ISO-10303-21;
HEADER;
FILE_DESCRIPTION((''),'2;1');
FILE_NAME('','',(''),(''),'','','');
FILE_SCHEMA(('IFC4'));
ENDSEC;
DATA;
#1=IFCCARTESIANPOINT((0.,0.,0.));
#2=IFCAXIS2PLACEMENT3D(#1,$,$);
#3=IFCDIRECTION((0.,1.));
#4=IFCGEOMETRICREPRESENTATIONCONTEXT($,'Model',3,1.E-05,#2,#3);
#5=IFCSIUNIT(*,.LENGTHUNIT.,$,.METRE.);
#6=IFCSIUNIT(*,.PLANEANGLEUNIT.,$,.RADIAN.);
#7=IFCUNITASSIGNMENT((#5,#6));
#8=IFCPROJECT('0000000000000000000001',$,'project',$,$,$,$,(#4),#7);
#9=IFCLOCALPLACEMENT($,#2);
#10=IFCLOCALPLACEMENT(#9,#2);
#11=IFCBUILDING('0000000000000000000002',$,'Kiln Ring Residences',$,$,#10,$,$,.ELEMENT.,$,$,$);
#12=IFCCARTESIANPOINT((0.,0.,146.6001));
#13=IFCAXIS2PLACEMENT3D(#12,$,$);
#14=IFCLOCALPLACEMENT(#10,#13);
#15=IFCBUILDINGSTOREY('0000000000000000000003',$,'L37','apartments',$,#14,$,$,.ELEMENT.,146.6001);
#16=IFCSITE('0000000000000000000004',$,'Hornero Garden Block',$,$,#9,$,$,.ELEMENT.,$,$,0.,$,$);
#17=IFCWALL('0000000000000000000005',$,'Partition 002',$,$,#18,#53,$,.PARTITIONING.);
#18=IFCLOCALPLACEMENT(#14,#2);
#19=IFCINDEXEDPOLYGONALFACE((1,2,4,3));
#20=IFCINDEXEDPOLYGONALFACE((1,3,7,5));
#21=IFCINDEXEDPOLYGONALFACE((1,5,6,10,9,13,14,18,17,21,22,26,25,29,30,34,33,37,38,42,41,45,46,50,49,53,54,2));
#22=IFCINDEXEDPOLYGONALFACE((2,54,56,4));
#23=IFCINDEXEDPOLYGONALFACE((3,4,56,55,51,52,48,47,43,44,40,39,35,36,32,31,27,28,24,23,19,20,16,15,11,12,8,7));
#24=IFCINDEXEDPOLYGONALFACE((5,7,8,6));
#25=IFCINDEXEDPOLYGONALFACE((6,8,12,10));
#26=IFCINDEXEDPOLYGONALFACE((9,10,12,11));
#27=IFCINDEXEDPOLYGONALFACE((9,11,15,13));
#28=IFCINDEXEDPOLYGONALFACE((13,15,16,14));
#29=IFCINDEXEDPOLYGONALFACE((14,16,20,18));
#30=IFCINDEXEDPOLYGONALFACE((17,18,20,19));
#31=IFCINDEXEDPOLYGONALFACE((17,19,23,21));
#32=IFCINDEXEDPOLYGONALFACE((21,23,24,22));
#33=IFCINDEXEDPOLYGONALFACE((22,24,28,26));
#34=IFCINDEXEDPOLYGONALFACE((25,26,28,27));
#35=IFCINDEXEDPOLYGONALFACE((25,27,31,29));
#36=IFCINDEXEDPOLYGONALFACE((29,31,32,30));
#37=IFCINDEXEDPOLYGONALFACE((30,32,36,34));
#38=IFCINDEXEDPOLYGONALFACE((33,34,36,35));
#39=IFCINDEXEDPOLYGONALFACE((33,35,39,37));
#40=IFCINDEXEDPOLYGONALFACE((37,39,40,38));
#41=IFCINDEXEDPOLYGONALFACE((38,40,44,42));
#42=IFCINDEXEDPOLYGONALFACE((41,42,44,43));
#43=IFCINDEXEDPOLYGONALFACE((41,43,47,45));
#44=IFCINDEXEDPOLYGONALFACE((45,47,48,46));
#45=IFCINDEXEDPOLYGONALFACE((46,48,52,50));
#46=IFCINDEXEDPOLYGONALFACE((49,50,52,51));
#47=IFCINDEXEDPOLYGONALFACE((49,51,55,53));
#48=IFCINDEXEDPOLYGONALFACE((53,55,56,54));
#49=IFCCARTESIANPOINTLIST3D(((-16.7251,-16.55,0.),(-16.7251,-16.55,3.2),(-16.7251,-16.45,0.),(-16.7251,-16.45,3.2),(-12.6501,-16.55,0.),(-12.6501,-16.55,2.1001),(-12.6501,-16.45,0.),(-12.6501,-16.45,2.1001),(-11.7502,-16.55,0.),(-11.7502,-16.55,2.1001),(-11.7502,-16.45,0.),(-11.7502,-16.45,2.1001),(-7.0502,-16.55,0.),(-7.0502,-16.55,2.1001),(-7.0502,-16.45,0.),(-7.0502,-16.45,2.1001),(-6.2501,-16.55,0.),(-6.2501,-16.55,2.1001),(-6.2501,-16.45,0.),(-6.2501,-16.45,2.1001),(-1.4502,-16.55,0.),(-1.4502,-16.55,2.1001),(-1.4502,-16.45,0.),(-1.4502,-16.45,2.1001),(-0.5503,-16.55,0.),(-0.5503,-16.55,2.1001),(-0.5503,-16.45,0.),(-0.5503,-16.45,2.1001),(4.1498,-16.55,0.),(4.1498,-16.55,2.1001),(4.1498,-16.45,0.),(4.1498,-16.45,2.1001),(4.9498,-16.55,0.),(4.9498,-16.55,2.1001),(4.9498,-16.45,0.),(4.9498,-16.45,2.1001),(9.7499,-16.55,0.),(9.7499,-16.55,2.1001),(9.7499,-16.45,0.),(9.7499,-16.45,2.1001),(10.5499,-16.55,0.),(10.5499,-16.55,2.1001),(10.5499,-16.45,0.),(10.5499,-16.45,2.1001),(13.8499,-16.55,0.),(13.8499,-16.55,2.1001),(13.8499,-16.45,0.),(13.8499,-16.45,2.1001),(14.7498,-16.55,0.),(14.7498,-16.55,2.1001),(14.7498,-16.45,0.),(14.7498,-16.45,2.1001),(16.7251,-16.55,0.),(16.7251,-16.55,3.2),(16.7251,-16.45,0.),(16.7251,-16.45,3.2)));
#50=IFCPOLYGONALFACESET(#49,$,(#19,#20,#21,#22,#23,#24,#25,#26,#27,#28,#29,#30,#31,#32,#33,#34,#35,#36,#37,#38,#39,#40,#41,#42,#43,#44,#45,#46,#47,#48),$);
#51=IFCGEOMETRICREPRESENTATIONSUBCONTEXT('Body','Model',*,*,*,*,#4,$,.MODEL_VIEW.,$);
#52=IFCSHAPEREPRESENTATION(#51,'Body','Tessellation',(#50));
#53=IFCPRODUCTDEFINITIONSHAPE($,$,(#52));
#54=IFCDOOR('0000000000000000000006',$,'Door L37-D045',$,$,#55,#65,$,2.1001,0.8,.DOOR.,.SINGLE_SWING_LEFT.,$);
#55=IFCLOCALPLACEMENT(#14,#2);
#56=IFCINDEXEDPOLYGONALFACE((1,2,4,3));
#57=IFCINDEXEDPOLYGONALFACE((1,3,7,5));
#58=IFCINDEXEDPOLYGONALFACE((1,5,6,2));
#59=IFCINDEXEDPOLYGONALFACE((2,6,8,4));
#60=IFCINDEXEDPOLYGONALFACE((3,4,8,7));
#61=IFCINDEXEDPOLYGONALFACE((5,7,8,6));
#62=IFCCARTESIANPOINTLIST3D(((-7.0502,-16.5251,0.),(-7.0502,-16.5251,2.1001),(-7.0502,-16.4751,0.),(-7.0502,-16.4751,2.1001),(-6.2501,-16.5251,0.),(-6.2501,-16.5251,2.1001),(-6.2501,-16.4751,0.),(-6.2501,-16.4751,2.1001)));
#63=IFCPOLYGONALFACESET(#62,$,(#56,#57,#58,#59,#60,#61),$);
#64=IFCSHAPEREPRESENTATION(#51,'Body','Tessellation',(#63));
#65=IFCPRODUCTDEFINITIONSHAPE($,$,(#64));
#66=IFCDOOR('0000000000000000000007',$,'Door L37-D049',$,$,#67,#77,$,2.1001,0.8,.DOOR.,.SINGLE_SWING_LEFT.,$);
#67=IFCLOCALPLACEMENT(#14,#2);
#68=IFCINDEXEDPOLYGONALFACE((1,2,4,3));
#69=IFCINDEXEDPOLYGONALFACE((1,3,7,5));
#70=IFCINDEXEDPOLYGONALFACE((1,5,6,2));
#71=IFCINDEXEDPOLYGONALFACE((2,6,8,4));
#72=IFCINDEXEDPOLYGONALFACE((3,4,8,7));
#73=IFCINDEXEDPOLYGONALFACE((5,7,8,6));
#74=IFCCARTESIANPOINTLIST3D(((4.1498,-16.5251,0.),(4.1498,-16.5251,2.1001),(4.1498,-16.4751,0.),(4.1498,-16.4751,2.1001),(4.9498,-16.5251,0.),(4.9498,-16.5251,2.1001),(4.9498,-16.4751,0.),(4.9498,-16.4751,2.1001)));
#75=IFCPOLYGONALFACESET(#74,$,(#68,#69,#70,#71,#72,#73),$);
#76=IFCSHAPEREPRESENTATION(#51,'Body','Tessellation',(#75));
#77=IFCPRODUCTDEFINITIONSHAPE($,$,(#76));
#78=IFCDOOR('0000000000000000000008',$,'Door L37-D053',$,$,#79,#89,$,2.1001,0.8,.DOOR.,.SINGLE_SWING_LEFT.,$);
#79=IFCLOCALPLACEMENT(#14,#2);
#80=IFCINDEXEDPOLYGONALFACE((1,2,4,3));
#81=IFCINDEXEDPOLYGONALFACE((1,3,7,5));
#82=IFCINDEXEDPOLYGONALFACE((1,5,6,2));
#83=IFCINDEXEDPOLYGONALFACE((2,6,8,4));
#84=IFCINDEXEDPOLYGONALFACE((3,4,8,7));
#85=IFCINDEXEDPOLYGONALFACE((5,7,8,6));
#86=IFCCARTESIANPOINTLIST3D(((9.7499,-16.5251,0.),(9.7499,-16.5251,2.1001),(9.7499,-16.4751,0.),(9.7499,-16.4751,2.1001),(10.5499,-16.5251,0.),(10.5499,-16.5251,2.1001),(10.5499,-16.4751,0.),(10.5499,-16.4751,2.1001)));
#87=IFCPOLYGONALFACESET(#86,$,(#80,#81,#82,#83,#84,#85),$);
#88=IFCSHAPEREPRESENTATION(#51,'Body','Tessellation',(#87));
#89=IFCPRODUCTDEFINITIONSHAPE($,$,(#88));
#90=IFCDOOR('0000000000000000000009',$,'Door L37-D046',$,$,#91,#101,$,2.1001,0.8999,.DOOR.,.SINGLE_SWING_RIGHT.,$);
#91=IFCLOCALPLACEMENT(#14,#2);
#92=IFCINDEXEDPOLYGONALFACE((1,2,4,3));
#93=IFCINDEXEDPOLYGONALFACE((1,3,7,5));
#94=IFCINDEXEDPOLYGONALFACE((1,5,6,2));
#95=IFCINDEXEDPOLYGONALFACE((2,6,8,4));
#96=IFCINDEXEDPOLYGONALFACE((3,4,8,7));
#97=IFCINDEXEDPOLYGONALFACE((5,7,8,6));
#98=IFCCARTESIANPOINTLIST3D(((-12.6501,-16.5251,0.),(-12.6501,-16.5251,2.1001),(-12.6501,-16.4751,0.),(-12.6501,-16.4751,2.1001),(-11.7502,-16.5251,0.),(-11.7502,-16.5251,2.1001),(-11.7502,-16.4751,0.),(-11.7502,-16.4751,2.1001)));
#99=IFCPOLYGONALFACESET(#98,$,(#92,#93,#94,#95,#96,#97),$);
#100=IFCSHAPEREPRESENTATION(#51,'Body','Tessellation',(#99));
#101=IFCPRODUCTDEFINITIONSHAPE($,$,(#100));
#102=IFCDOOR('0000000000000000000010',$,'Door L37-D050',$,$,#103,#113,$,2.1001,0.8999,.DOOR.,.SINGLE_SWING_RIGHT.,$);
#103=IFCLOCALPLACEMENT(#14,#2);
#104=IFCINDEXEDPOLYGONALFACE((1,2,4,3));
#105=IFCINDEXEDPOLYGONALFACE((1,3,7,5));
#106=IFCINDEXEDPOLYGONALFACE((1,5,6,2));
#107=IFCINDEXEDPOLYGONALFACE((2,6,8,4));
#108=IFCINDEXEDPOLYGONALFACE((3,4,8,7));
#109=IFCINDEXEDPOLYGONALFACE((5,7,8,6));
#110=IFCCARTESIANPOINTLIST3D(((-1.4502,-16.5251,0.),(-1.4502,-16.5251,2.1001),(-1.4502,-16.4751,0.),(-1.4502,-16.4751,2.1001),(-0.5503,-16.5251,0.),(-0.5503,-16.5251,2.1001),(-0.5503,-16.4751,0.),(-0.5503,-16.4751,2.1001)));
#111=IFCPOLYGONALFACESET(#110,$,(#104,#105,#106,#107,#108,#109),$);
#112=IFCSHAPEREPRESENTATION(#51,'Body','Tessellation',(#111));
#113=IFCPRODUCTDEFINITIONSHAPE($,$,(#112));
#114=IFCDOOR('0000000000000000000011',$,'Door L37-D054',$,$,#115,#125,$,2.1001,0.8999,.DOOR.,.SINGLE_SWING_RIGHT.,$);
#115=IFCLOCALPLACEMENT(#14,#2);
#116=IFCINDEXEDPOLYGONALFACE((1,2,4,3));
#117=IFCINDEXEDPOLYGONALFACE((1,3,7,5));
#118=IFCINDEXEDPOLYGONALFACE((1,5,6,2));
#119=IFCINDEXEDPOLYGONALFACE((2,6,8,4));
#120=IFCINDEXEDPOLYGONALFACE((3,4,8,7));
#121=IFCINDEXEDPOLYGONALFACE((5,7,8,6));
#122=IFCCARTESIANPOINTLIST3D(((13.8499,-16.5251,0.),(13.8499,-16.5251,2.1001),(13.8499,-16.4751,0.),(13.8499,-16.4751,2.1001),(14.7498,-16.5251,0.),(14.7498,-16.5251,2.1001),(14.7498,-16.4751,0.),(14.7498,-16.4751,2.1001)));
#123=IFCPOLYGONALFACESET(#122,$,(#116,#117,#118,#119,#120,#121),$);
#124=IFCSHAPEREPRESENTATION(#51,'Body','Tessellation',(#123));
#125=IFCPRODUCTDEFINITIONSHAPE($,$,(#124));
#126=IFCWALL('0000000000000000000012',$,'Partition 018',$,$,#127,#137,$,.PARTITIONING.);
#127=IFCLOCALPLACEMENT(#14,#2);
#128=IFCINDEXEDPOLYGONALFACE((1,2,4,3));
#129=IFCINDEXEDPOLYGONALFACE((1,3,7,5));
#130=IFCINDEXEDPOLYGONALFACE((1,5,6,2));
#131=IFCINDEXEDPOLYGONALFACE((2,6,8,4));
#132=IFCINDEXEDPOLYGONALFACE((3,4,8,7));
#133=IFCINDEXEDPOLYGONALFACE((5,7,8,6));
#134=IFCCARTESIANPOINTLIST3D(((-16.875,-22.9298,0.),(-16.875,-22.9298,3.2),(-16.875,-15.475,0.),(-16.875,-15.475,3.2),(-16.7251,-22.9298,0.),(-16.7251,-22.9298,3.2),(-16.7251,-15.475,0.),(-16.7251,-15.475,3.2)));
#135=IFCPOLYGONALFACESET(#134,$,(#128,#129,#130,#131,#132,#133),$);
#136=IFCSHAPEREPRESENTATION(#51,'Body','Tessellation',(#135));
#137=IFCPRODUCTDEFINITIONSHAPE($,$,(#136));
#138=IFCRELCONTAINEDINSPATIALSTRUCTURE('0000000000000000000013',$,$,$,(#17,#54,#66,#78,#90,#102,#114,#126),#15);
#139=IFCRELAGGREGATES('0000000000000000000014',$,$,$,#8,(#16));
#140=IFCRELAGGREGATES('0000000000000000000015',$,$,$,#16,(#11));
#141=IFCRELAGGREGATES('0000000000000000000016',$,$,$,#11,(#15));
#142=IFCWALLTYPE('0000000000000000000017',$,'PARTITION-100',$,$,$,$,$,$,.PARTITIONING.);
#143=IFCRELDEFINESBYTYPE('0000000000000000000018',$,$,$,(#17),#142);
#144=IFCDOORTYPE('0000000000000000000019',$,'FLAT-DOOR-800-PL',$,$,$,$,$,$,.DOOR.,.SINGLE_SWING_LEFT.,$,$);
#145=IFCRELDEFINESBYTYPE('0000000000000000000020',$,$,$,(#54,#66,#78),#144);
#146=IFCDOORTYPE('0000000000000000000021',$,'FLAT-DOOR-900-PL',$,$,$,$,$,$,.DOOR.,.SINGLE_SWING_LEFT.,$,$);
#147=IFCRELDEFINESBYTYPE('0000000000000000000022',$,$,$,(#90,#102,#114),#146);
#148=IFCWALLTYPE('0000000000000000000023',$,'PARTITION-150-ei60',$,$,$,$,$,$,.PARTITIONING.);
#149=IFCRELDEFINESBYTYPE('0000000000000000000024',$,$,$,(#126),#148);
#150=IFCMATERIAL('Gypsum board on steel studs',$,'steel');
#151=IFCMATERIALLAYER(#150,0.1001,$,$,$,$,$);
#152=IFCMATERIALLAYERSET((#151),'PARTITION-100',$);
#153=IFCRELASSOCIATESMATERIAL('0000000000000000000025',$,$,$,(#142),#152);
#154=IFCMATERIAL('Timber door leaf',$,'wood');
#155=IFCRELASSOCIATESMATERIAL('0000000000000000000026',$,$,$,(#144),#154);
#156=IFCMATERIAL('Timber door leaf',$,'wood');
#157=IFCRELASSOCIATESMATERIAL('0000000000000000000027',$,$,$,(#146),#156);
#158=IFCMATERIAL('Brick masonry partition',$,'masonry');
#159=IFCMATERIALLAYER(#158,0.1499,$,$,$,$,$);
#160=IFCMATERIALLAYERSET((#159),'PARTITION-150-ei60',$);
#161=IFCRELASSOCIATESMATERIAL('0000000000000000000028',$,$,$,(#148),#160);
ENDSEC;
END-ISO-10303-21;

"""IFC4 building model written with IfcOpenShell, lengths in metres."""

from ifc_helpers import new_model, si_unit, direction, frame, frame_2d, origin, place, context, subcontext, project, spatial, rectangle, extrude, material, layer, layer_set, type_object, element, fill, save


model = new_model("IFC4")

# Units and contexts
model_context = context("Model", 3, precision=1e-05, world=origin(), true_north=direction((0.0, 1.0)))
body_context = subcontext(model_context, "Body", "Model", "MODEL_VIEW")
ifc_project = project(units=[si_unit("LENGTHUNIT", "METRE"), si_unit("PLANEANGLEUNIT", "RADIAN")], contexts=[model_context])

# Site, building, storey
site_placement = place(None, origin())
site = spatial("IfcSite", under=ifc_project, at=site_placement, Name="Hornero Garden Block", CompositionType="ELEMENT", RefElevation=0.0)
building_placement = place(site_placement, origin())
building = spatial("IfcBuilding", under=site, at=building_placement, Name="Kiln Ring Residences", CompositionType="ELEMENT")
storey_placement = place(building_placement, frame((0.0, 0.0, 146.6001)))
storey = spatial("IfcBuildingStorey", under=building, at=storey_placement, Name="L37", Description="apartments", CompositionType="ELEMENT", Elevation=146.6001)

# Wall, openings, doors
ifc_material_1 = material(Name="Gypsum board on steel studs", Category="steel")
ifc_layer_1 = layer(ifc_material_1, 0.1001)
ifc_layer_set_1 = layer_set([ifc_layer_1], Name="PARTITION-100")
wall_type_1 = type_object("IfcWallType", Name="PARTITION-100", PredefinedType="PARTITIONING", material=ifc_layer_set_1)
wall_1_placement = place(storey_placement, frame((-16.7251, -16.5, 0.0), z_axis=(0.0, 0.0, 1.0), x_axis=(1.0, 0.0, 0.0)))
wall_1 = element("IfcWall", 1, at=wall_1_placement, inside=storey, type_object=wall_type_1, Name="Partition 002", PredefinedType="PARTITIONING", context=body_context, shape_type="SweptSolid", body=[
    extrude(rectangle(XDim=33.4502, YDim=0.1001, at=frame_2d((16.7251, 0.0))), origin(), (0.0, 0.0, 1.0), 3.2),
])
opening_1_placement = place(wall_1_placement, frame((9.675, 0.0, 0.0)))
opening_1 = element("IfcOpeningElement", 2, at=opening_1_placement, cuts=wall_1, PredefinedType="OPENING", context=body_context, shape_type="SweptSolid", body=[
    extrude(rectangle(XDim=0.8, YDim=2.1001, at=frame_2d((0.3999, 1.05))), frame((0.0, 0.0601, 0.0), z_axis=(0.0, -1.0, 0.0), x_axis=(1.0, 0.0, 0.0)), (0.0, 0.0, 1.0), 0.1201),
])
opening_2_placement = place(wall_1_placement, frame((4.075, 0.0, 0.0)))
opening_2 = element("IfcOpeningElement", 3, at=opening_2_placement, cuts=wall_1, PredefinedType="OPENING", context=body_context, shape_type="SweptSolid", body=[
    extrude(rectangle(XDim=0.8999, YDim=2.1001, at=frame_2d((0.45, 1.05))), frame((0.0, 0.0601, 0.0), z_axis=(0.0, -1.0, 0.0), x_axis=(1.0, 0.0, 0.0)), (0.0, 0.0, 1.0), 0.1201),
])
opening_3_placement = place(wall_1_placement, frame((20.875, 0.0, 0.0)))
opening_3 = element("IfcOpeningElement", 4, at=opening_3_placement, cuts=wall_1, PredefinedType="OPENING", context=body_context, shape_type="SweptSolid", body=[
    extrude(rectangle(XDim=0.8, YDim=2.1001, at=frame_2d((0.3999, 1.05))), frame((0.0, 0.0601, 0.0), z_axis=(0.0, -1.0, 0.0), x_axis=(1.0, 0.0, 0.0)), (0.0, 0.0, 1.0), 0.1201),
])
opening_4_placement = place(wall_1_placement, frame((15.2749, 0.0, 0.0)))
opening_4 = element("IfcOpeningElement", 5, at=opening_4_placement, cuts=wall_1, PredefinedType="OPENING", context=body_context, shape_type="SweptSolid", body=[
    extrude(rectangle(XDim=0.8999, YDim=2.1001, at=frame_2d((0.45, 1.05))), frame((0.0, 0.0601, 0.0), z_axis=(0.0, -1.0, 0.0), x_axis=(1.0, 0.0, 0.0)), (0.0, 0.0, 1.0), 0.1201),
])
opening_5_placement = place(wall_1_placement, frame((26.4751, 0.0, 0.0)))
opening_5 = element("IfcOpeningElement", 6, at=opening_5_placement, cuts=wall_1, PredefinedType="OPENING", context=body_context, shape_type="SweptSolid", body=[
    extrude(rectangle(XDim=0.8, YDim=2.1001, at=frame_2d((0.3999, 1.05))), frame((0.0, 0.0601, 0.0), z_axis=(0.0, -1.0, 0.0), x_axis=(1.0, 0.0, 0.0)), (0.0, 0.0, 1.0), 0.1201),
])
opening_6_placement = place(wall_1_placement, frame((30.575, 0.0, 0.0)))
opening_6 = element("IfcOpeningElement", 7, at=opening_6_placement, cuts=wall_1, PredefinedType="OPENING", context=body_context, shape_type="SweptSolid", body=[
    extrude(rectangle(XDim=0.8999, YDim=2.1001, at=frame_2d((0.45, 1.05))), frame((0.0, 0.0601, 0.0), z_axis=(0.0, -1.0, 0.0), x_axis=(1.0, 0.0, 0.0)), (0.0, 0.0, 1.0), 0.1201),
])
ifc_material_2 = material(Name="Timber door leaf", Category="wood")
door_type_1 = type_object("IfcDoorType", Name="FLAT-DOOR-800-PL", OperationType="SINGLE_SWING_LEFT", PredefinedType="DOOR", material=ifc_material_2)
door_1_placement = place(opening_1_placement, origin())
door_1 = element("IfcDoor", 8, at=door_1_placement, inside=storey, type_object=door_type_1, Name="Door L37-D045", OperationType="SINGLE_SWING_LEFT", OverallHeight=2.1001, OverallWidth=0.8, PredefinedType="DOOR", context=body_context, shape_type="SweptSolid", body=[
    extrude(rectangle(XDim=0.8, YDim=2.1001, at=frame_2d((0.3999, 1.05))), frame((0.0, 0.0249, 0.0), z_axis=(0.0, -1.0, 0.0), x_axis=(1.0, 0.0, 0.0)), (0.0, 0.0, 1.0), 0.05),
])
fill(opening_1, door_1)
door_2_placement = place(opening_3_placement, origin())
door_2 = element("IfcDoor", 9, at=door_2_placement, inside=storey, type_object=door_type_1, Name="Door L37-D049", OperationType="SINGLE_SWING_LEFT", OverallHeight=2.1001, OverallWidth=0.8, PredefinedType="DOOR", context=body_context, shape_type="SweptSolid", body=[
    extrude(rectangle(XDim=0.8, YDim=2.1001, at=frame_2d((0.3999, 1.05))), frame((0.0, 0.0249, 0.0), z_axis=(0.0, -1.0, 0.0), x_axis=(1.0, 0.0, 0.0)), (0.0, 0.0, 1.0), 0.05),
])
fill(opening_3, door_2)
door_3_placement = place(opening_5_placement, origin())
door_3 = element("IfcDoor", 10, at=door_3_placement, inside=storey, type_object=door_type_1, Name="Door L37-D053", OperationType="SINGLE_SWING_LEFT", OverallHeight=2.1001, OverallWidth=0.8, PredefinedType="DOOR", context=body_context, shape_type="SweptSolid", body=[
    extrude(rectangle(XDim=0.8, YDim=2.1001, at=frame_2d((0.3999, 1.05))), frame((0.0, 0.0249, 0.0), z_axis=(0.0, -1.0, 0.0), x_axis=(1.0, 0.0, 0.0)), (0.0, 0.0, 1.0), 0.05),
])
fill(opening_5, door_3)
ifc_material_3 = material(Name="Timber door leaf", Category="wood")
door_type_2 = type_object("IfcDoorType", Name="FLAT-DOOR-900-PL", OperationType="SINGLE_SWING_LEFT", PredefinedType="DOOR", material=ifc_material_3)
door_4_placement = place(opening_2_placement, origin())
door_4 = element("IfcDoor", 11, at=door_4_placement, inside=storey, type_object=door_type_2, Name="Door L37-D046", OperationType="SINGLE_SWING_RIGHT", OverallHeight=2.1001, OverallWidth=0.8999, PredefinedType="DOOR", context=body_context, shape_type="SweptSolid", body=[
    extrude(rectangle(XDim=0.8999, YDim=2.1001, at=frame_2d((0.45, 1.05))), frame((0.0, 0.0249, 0.0), z_axis=(0.0, -1.0, 0.0), x_axis=(1.0, 0.0, 0.0)), (0.0, 0.0, 1.0), 0.05),
])
fill(opening_2, door_4)
door_5_placement = place(opening_4_placement, origin())
door_5 = element("IfcDoor", 12, at=door_5_placement, inside=storey, type_object=door_type_2, Name="Door L37-D050", OperationType="SINGLE_SWING_RIGHT", OverallHeight=2.1001, OverallWidth=0.8999, PredefinedType="DOOR", context=body_context, shape_type="SweptSolid", body=[
    extrude(rectangle(XDim=0.8999, YDim=2.1001, at=frame_2d((0.45, 1.05))), frame((0.0, 0.0249, 0.0), z_axis=(0.0, -1.0, 0.0), x_axis=(1.0, 0.0, 0.0)), (0.0, 0.0, 1.0), 0.05),
])
fill(opening_4, door_5)
door_6_placement = place(opening_6_placement, origin())
door_6 = element("IfcDoor", 13, at=door_6_placement, inside=storey, type_object=door_type_2, Name="Door L37-D054", OperationType="SINGLE_SWING_RIGHT", OverallHeight=2.1001, OverallWidth=0.8999, PredefinedType="DOOR", context=body_context, shape_type="SweptSolid", body=[
    extrude(rectangle(XDim=0.8999, YDim=2.1001, at=frame_2d((0.45, 1.05))), frame((0.0, 0.0249, 0.0), z_axis=(0.0, -1.0, 0.0), x_axis=(1.0, 0.0, 0.0)), (0.0, 0.0, 1.0), 0.05),
])
fill(opening_6, door_6)

# Wall
ifc_material_4 = material(Name="Brick masonry partition", Category="masonry")
ifc_layer_2 = layer(ifc_material_4, 0.1499)
ifc_layer_set_2 = layer_set([ifc_layer_2], Name="PARTITION-150-ei60")
wall_type_2 = type_object("IfcWallType", Name="PARTITION-150-ei60", PredefinedType="PARTITIONING", material=ifc_layer_set_2)
wall_2_placement = place(storey_placement, frame((-16.8, -22.9299, 0.0), z_axis=(0.0, 0.0, 1.0), x_axis=(0.0, 1.0, 0.0)))
element("IfcWall", 14, at=wall_2_placement, inside=storey, type_object=wall_type_2, Name="Partition 018", PredefinedType="PARTITIONING", context=body_context, shape_type="SweptSolid", body=[
    extrude(rectangle(XDim=7.4548, YDim=0.1499, at=frame_2d((3.7275, 0.0))), origin(), (0.0, 0.0, 1.0), 3.2),
])

save(model, "model.ifc")
